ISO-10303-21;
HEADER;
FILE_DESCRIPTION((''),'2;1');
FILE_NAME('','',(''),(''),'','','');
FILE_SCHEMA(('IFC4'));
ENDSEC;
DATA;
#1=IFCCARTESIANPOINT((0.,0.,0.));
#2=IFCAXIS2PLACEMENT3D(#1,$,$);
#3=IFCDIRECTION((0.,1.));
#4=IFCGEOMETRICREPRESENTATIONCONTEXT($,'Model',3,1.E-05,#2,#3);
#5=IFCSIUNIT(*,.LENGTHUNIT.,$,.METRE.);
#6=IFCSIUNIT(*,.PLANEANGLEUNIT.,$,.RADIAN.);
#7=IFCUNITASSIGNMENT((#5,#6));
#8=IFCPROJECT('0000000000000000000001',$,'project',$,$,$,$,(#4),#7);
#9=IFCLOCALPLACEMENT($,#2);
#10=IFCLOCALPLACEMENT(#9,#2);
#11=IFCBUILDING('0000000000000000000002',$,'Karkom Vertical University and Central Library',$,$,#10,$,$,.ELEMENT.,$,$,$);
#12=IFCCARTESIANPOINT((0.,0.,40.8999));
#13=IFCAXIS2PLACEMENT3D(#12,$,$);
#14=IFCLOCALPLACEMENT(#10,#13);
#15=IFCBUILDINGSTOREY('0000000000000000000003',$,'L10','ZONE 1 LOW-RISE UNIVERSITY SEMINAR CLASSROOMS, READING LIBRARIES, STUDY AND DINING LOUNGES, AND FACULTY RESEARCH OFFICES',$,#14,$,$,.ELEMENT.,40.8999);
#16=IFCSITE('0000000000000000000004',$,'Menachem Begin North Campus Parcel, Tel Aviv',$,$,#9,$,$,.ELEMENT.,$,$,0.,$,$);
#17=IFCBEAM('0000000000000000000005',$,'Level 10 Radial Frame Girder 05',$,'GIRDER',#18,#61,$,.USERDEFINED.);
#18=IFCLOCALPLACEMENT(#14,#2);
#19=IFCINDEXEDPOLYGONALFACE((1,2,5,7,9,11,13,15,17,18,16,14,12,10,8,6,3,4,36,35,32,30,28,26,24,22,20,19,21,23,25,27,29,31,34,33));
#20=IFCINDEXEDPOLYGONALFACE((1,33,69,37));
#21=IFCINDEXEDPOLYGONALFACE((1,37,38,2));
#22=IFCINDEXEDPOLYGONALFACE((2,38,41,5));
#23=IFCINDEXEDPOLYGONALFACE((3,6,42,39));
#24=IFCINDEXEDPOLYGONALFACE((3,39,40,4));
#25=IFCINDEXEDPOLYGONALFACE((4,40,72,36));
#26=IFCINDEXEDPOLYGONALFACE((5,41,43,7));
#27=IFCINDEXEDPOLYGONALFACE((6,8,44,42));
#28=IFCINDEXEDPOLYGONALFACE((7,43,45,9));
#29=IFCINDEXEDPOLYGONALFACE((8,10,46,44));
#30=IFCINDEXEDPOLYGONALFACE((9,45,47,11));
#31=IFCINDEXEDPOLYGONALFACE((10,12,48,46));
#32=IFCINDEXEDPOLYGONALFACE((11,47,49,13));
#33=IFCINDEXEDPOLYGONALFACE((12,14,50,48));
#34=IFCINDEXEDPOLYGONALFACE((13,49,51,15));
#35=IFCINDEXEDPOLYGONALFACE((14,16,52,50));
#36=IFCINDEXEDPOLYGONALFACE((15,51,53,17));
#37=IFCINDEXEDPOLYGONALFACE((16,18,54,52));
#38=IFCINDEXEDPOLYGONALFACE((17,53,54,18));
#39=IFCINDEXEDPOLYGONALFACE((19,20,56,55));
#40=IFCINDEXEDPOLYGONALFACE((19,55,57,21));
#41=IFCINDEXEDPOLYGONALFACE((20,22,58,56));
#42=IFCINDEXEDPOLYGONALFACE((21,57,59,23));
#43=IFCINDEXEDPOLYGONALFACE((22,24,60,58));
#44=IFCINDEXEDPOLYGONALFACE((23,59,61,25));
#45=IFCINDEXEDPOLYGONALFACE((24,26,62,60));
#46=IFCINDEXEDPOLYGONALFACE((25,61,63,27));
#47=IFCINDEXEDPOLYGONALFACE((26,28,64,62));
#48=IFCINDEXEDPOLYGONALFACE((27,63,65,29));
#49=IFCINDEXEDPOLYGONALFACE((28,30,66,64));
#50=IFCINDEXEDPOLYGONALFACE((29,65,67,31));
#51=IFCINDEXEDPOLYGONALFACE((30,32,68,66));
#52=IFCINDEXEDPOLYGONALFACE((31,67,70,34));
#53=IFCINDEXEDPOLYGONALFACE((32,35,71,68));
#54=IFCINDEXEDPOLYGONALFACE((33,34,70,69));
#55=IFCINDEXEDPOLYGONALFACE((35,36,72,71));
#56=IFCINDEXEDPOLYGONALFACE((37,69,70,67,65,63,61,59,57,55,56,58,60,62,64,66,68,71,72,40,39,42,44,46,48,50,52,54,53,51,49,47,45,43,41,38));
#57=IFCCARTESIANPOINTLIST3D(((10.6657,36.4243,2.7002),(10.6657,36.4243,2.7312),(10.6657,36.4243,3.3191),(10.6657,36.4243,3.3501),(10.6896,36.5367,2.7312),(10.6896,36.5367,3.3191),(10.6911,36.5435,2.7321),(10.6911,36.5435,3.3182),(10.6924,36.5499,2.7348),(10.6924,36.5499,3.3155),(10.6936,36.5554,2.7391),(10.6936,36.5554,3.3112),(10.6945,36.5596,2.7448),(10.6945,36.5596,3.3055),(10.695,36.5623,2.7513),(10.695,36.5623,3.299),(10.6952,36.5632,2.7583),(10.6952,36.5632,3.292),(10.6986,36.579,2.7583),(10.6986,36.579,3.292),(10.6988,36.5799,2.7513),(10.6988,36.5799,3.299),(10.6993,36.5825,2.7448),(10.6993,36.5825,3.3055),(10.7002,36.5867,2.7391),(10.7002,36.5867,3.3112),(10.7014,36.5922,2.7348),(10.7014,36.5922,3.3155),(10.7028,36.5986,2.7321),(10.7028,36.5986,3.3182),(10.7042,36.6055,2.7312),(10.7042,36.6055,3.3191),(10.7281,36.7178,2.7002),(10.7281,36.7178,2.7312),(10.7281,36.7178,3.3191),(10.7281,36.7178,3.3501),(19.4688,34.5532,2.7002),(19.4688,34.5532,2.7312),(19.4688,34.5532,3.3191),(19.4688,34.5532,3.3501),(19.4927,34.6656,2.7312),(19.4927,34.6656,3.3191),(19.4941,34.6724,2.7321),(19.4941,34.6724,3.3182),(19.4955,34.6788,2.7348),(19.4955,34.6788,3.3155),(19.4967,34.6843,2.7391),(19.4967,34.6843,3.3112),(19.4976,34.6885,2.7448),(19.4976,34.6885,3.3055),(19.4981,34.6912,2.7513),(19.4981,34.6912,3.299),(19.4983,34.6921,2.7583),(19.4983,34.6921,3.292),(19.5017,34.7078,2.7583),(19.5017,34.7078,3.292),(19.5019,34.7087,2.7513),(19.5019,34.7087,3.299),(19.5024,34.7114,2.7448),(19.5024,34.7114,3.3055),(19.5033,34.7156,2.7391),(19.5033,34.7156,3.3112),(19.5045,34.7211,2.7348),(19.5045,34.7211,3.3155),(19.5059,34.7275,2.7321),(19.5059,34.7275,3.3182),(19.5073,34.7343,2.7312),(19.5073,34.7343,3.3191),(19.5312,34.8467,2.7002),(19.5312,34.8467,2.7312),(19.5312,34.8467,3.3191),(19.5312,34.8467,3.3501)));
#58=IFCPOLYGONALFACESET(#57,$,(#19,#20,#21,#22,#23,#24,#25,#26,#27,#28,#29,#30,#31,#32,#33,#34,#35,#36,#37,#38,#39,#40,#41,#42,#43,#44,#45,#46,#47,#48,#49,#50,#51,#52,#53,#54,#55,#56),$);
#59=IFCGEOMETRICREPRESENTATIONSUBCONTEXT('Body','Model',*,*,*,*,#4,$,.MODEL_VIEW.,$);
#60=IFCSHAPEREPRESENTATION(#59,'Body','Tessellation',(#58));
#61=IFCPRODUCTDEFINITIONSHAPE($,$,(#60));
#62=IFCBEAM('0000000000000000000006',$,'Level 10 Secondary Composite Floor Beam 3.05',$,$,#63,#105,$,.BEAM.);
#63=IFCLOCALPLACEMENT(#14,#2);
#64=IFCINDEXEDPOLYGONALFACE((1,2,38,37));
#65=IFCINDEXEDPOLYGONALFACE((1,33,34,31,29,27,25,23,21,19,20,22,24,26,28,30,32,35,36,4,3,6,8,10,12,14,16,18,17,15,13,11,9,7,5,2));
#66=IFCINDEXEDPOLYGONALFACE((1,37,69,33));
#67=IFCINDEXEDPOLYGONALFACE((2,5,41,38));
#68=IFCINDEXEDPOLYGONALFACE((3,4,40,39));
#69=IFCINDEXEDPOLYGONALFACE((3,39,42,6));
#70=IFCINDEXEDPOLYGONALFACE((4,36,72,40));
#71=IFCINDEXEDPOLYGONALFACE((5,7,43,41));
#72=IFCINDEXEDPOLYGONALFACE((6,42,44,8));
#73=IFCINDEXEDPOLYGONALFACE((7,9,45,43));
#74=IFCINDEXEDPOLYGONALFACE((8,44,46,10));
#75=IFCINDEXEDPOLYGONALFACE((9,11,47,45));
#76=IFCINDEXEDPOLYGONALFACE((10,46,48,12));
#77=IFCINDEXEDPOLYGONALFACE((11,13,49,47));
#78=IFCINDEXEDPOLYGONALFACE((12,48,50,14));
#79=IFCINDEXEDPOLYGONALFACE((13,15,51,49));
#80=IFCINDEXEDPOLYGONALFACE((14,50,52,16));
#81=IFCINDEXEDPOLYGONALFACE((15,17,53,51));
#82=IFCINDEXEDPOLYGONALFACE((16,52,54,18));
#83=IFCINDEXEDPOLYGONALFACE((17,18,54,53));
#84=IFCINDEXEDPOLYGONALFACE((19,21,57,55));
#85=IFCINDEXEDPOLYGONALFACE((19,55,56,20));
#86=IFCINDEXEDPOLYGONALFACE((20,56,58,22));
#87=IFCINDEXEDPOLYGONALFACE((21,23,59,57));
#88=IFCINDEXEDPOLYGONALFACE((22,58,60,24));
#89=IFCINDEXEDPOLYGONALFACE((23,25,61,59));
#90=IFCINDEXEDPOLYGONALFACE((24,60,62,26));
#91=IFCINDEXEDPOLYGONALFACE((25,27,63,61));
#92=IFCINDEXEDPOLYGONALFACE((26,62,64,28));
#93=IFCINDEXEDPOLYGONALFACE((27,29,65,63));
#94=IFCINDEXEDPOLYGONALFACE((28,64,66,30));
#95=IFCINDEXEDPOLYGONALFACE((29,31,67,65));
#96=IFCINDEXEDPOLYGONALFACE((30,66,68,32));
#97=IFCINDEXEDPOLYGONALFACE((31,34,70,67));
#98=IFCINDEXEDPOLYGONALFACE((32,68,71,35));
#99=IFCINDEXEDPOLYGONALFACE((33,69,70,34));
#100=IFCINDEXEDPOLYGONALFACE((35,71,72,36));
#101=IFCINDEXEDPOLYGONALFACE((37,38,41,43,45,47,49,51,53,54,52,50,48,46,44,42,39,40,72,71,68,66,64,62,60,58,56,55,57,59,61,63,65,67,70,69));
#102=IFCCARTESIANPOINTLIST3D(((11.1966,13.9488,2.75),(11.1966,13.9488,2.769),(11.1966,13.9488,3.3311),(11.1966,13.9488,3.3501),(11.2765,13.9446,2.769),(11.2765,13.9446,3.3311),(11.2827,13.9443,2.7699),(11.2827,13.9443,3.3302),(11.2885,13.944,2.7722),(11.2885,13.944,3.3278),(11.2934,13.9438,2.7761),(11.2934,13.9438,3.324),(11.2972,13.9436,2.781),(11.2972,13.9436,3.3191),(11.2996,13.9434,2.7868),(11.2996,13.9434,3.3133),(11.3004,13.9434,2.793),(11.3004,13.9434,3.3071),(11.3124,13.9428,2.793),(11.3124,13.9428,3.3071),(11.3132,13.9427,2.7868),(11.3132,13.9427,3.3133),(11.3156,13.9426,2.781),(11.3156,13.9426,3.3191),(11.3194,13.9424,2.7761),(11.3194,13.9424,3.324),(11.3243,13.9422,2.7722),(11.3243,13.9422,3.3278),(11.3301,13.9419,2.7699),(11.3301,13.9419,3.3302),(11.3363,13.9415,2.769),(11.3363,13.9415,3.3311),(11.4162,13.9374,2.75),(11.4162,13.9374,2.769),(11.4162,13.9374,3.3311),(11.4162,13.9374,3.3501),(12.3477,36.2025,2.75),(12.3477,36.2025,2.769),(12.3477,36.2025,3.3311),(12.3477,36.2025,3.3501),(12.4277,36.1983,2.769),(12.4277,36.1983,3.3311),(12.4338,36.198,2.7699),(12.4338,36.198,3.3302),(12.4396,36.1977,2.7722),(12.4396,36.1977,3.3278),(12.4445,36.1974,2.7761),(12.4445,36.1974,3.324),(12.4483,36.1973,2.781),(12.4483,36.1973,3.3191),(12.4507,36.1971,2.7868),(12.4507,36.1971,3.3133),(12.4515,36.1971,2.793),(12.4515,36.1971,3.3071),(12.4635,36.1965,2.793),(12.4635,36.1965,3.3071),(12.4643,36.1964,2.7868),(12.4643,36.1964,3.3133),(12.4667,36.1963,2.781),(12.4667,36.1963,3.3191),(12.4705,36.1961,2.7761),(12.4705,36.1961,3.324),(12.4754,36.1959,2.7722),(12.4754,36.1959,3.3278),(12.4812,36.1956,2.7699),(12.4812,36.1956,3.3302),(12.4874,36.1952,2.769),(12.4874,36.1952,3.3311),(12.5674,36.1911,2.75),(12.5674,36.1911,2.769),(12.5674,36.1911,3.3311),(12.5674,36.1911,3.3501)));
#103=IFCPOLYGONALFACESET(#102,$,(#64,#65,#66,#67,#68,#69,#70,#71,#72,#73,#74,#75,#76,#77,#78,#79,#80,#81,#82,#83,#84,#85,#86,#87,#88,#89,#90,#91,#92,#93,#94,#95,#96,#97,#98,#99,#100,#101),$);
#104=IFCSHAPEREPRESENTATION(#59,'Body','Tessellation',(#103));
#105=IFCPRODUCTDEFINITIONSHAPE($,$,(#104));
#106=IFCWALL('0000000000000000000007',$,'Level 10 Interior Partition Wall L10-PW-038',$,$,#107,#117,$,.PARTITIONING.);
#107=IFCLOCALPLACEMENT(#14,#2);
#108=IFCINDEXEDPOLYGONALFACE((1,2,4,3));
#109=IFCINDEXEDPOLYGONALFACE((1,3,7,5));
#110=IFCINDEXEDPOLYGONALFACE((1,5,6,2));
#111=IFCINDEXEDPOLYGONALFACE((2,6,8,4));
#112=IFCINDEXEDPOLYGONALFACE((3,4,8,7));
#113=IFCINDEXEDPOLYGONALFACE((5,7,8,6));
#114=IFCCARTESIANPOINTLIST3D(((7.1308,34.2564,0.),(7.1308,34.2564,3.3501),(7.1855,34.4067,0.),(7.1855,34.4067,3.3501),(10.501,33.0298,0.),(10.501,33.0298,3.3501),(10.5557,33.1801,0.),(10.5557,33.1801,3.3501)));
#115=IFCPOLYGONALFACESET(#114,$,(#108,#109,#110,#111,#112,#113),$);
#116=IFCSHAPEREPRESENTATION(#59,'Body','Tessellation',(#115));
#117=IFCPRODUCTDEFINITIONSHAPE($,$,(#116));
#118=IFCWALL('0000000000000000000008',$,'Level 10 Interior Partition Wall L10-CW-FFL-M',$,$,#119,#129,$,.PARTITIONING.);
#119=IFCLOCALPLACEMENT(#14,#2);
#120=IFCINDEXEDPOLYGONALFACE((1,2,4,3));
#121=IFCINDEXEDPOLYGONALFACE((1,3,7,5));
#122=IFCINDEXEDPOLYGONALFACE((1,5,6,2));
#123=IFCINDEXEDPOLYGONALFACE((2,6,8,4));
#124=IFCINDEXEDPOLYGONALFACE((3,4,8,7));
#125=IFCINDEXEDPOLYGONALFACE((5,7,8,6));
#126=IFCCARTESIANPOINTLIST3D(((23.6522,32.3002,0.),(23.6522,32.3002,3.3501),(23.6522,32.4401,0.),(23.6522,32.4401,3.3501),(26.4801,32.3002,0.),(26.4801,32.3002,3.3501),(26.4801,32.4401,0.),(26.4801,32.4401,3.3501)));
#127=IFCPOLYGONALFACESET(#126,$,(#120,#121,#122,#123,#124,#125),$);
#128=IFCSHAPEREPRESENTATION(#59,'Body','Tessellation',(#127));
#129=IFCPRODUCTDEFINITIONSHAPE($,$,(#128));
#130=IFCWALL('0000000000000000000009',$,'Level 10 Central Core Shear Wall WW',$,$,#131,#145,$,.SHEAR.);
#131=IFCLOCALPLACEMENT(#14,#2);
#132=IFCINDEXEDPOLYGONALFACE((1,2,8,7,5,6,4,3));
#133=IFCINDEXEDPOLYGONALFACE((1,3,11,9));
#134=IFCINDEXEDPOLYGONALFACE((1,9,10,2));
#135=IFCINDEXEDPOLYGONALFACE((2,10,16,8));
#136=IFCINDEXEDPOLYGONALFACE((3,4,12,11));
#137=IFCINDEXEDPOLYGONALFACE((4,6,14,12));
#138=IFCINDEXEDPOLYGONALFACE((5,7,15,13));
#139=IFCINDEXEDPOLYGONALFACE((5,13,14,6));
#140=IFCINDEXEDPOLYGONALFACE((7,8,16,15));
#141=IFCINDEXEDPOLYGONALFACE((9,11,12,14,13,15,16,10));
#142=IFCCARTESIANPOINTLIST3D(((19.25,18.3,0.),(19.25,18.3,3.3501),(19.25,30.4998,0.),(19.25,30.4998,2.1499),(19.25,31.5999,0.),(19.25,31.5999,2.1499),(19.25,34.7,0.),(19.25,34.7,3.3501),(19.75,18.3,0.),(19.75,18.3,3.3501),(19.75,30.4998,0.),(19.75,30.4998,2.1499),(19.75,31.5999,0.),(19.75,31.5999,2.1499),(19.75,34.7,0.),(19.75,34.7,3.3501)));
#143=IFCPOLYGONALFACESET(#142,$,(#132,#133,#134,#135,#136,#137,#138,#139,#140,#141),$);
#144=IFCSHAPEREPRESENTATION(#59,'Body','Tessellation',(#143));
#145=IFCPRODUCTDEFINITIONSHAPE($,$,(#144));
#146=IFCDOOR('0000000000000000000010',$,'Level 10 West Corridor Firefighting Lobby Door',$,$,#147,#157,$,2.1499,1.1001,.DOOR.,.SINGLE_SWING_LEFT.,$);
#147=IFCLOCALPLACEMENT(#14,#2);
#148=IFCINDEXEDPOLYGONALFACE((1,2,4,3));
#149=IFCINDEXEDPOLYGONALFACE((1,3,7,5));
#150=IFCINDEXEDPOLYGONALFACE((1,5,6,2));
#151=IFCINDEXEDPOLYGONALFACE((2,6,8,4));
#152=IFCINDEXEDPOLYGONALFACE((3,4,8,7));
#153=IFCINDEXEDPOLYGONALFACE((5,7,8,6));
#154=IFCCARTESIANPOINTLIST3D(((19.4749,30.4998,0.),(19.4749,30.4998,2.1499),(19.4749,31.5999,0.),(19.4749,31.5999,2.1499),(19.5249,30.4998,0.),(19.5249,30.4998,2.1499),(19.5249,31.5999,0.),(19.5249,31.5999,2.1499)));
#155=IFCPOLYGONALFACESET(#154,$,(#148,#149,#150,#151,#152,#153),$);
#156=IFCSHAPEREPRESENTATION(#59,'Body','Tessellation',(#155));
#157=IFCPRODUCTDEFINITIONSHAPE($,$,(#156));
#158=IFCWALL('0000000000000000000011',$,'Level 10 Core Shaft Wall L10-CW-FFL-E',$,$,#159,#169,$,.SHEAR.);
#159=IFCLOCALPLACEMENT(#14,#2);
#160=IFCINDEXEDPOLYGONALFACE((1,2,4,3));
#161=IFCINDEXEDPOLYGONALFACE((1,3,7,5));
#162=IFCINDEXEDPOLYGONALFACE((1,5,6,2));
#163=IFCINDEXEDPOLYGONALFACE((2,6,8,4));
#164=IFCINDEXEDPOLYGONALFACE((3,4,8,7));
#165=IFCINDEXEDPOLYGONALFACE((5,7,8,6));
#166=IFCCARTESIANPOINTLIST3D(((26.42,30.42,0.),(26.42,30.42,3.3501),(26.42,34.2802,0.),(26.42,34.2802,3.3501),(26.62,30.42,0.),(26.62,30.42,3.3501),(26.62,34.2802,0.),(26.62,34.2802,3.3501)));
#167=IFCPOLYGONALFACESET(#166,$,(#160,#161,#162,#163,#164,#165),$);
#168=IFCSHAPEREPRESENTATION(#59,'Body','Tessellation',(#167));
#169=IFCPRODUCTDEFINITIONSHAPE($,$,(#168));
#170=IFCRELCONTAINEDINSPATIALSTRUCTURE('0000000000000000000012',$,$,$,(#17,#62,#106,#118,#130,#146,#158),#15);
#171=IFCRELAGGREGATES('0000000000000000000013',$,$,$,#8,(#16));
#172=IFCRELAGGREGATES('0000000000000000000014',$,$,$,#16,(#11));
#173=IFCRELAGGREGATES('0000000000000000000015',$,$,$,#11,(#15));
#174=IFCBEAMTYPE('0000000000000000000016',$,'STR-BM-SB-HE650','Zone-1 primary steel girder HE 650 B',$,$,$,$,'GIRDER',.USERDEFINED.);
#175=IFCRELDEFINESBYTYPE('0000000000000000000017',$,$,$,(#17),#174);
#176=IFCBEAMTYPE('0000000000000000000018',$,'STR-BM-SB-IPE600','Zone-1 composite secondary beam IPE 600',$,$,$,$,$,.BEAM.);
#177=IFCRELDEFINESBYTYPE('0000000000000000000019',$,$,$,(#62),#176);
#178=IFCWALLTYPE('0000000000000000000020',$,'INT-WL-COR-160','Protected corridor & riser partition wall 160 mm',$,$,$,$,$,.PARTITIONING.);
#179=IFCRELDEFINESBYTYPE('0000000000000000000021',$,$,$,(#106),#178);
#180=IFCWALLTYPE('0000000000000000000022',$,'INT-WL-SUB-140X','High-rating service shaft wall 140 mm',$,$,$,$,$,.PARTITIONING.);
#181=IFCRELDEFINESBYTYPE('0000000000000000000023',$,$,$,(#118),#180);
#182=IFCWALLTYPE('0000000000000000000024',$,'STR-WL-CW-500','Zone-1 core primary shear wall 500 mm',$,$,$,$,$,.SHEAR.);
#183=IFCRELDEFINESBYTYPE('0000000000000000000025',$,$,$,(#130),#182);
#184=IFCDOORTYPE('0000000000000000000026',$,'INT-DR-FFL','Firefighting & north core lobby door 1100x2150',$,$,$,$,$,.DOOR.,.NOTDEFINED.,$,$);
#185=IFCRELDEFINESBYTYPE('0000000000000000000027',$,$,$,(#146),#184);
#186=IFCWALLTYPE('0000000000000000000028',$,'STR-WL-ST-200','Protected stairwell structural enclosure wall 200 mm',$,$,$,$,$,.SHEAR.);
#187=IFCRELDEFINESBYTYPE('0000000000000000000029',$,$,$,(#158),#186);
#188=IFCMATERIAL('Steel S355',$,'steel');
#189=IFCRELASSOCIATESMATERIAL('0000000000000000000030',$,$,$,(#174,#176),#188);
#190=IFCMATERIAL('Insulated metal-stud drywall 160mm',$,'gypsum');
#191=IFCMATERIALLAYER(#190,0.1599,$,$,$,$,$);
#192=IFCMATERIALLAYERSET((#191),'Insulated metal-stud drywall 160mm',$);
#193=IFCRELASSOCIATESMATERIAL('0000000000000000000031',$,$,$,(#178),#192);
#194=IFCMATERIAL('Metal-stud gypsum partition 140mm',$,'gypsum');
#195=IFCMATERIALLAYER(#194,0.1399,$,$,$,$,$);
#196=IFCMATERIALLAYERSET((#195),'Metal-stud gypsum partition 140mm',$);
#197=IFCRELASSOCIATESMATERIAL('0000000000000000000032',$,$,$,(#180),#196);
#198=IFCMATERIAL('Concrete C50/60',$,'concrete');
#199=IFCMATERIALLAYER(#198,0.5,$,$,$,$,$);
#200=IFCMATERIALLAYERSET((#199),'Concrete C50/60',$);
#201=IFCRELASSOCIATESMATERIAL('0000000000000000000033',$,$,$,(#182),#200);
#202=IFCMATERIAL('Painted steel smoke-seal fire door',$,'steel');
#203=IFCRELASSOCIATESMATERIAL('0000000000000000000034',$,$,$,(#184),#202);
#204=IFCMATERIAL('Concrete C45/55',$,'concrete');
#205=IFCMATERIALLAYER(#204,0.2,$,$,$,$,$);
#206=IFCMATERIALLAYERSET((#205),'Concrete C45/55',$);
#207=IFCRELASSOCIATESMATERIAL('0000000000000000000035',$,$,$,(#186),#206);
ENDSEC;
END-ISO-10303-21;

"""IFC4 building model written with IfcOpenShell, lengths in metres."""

from ifc_helpers import new_model, si_unit, direction, frame, frame_2d, origin, origin_with_axes, origin_2d, place, context, subcontext, project, spatial, rectangle, i_section, extrude, source, transform, mapped, material, layer, layer_set, material_profile, profile_set, type_object, element, fill, save


model = new_model("IFC4")

# Units and contexts
model_context = context("Model", 3, precision=1e-05, world=origin(), true_north=direction((0.0, 1.0)))
body_context = subcontext(model_context, "Body", "Model", "MODEL_VIEW")
ifc_project = project(units=[si_unit("LENGTHUNIT", "METRE"), si_unit("PLANEANGLEUNIT", "RADIAN")], contexts=[model_context])

# Site, building, storey
site_placement = place(None, origin())
site = spatial("IfcSite", under=ifc_project, at=site_placement, Name="Menachem Begin North Campus Parcel, Tel Aviv", CompositionType="ELEMENT", RefElevation=0.0)
building_placement = place(site_placement, origin())
building = spatial("IfcBuilding", under=site, at=building_placement, Name="Karkom Vertical University and Central Library", CompositionType="ELEMENT")
storey_placement = place(building_placement, frame((0.0, 0.0, 40.8999)))
storey = spatial("IfcBuildingStorey", under=building, at=storey_placement, Name="L10", Description="ZONE 1 LOW-RISE UNIVERSITY SEMINAR CLASSROOMS, READING LIBRARIES, STUDY AND DINING LOUNGES, AND FACULTY RESEARCH OFFICES", CompositionType="ELEMENT", Elevation=40.8999)

# Shared definitions
ifc_material_1 = material(Name="Concrete C50/60", Category="concrete")

# Beams
ifc_material_2 = material(Name="Steel S355", Category="steel")
ifc_material_profile_1 = material_profile(ifc_material_2, i_section(OverallWidth=0.3, OverallDepth=0.6499, WebThickness=0.0161, FlangeThickness=0.031, FilletRadius=0.0271, at=origin_2d()), Name="HE 650 B")
ifc_profile_set_1 = profile_set([ifc_material_profile_1], Name="Steel S355")
beam_type_1 = type_object("IfcBeamType", Name="STR-BM-SB-HE650", Description="Zone-1 primary steel girder HE 650 B", ElementType="GIRDER", PredefinedType="USERDEFINED", material=ifc_profile_set_1)
shared_shape_1 = source(origin_with_axes(), body_context, "Body", "SweptSolid", [
    extrude(i_section(OverallWidth=0.3, OverallDepth=0.6499, WebThickness=0.0161, FlangeThickness=0.031, FilletRadius=0.0271, at=origin_2d()), origin(), (0.0, 0.0, 1.0), 8.9998),
])
beam_1_placement = place(storey_placement, frame((19.5, 34.7, 3.0251), z_axis=(-0.978148, 0.207908, 0.0), x_axis=(-0.207908, -0.978148, 0.0)))
element("IfcBeam", 1, at=beam_1_placement, inside=storey, type_object=beam_type_1, Name="Level 10 Radial Frame Girder 05", ObjectType="GIRDER", PredefinedType="USERDEFINED", context=body_context, shape_type="MappedRepresentation", body=[
    mapped(shared_shape_1, transform((0.0, 0.0, 0.0), scale=1.0)),
])
ifc_material_profile_2 = material_profile(ifc_material_2, i_section(OverallWidth=0.22, OverallDepth=0.6001, WebThickness=0.012, FlangeThickness=0.019, FilletRadius=0.0239, at=origin_2d()), Name="IPE 600")
ifc_profile_set_2 = profile_set([ifc_material_profile_2], Name="Steel S355")
beam_type_2 = type_object("IfcBeamType", Name="STR-BM-SB-IPE600", Description="Zone-1 composite secondary beam IPE 600", PredefinedType="BEAM", material=ifc_profile_set_2)
shared_shape_2 = source(origin_with_axes(), body_context, "Body", "SweptSolid", [
    extrude(i_section(OverallWidth=0.22, OverallDepth=0.6001, WebThickness=0.012, FlangeThickness=0.019, FilletRadius=0.0239, at=origin_2d()), origin(), (0.0, 0.0, 1.0), 22.2834),
])
beam_2_placement = place(storey_placement, frame((12.4575, 36.1968, 3.05), z_axis=(-0.051658, -0.998665, 0.0), x_axis=(0.998665, -0.051658, 0.0)))
element("IfcBeam", 2, at=beam_2_placement, inside=storey, type_object=beam_type_2, Name="Level 10 Secondary Composite Floor Beam 3.05", PredefinedType="BEAM", context=body_context, shape_type="MappedRepresentation", body=[
    mapped(shared_shape_2, transform((0.0, 0.0, 0.0), scale=1.0)),
])

# Walls
ifc_material_3 = material(Name="Insulated metal-stud drywall 160mm", Category="gypsum")
ifc_layer_1 = layer(ifc_material_3, 0.1599)
ifc_layer_set_1 = layer_set([ifc_layer_1], Name="Insulated metal-stud drywall 160mm")
wall_type_1 = type_object("IfcWallType", Name="INT-WL-COR-160", Description="Protected corridor & riser partition wall 160 mm", PredefinedType="PARTITIONING", material=ifc_layer_set_1)
wall_1_placement = place(storey_placement, frame((10.5283, 33.105, 0.0), z_axis=(0.0, 0.0, 1.0), x_axis=(-0.939698, 0.342005, 0.0)))
element("IfcWall", 3, at=wall_1_placement, inside=storey, type_object=wall_type_1, Name="Level 10 Interior Partition Wall L10-PW-038", PredefinedType="PARTITIONING", context=body_context, shape_type="SweptSolid", body=[
    extrude(rectangle(XDim=3.5864, YDim=0.1599, at=frame_2d((1.7932, 0.0))), origin(), (0.0, 0.0, 1.0), 3.3501),
])
ifc_material_4 = material(Name="Metal-stud gypsum partition 140mm", Category="gypsum")
ifc_layer_2 = layer(ifc_material_4, 0.1399)
ifc_layer_set_2 = layer_set([ifc_layer_2], Name="Metal-stud gypsum partition 140mm")
wall_type_2 = type_object("IfcWallType", Name="INT-WL-SUB-140X", Description="High-rating service shaft wall 140 mm", PredefinedType="PARTITIONING", material=ifc_layer_set_2)
wall_2_placement = place(storey_placement, frame((23.6521, 32.3701, 0.0), z_axis=(0.0, 0.0, 1.0), x_axis=(1.0, 0.0, 0.0)))
element("IfcWall", 4, at=wall_2_placement, inside=storey, type_object=wall_type_2, Name="Level 10 Interior Partition Wall L10-CW-FFL-M", PredefinedType="PARTITIONING", context=body_context, shape_type="SweptSolid", body=[
    extrude(rectangle(XDim=2.8279, YDim=0.1399, at=frame_2d((1.4141, 0.0))), origin(), (0.0, 0.0, 1.0), 3.3501),
])

# Wall, opening, door
ifc_layer_3 = layer(ifc_material_1, 0.5)
ifc_layer_set_3 = layer_set([ifc_layer_3], Name="Concrete C50/60")
wall_type_3 = type_object("IfcWallType", Name="STR-WL-CW-500", Description="Zone-1 core primary shear wall 500 mm", PredefinedType="SHEAR", material=ifc_layer_set_3)
wall_3_placement = place(storey_placement, frame((19.5, 34.7, 0.0), z_axis=(0.0, 0.0, 1.0), x_axis=(0.0, -1.0, 0.0)))
wall_3 = element("IfcWall", 5, at=wall_3_placement, inside=storey, type_object=wall_type_3, Name="Level 10 Central Core Shear Wall WW", PredefinedType="SHEAR", context=body_context, shape_type="SweptSolid", body=[
    extrude(rectangle(XDim=16.3999, YDim=0.5, at=frame_2d((8.2, 0.0))), origin(), (0.0, 0.0, 1.0), 3.3501),
])
opening_placement = place(wall_3_placement, frame((3.1001, 0.0, 0.0)))
opening = element("IfcOpeningElement", 6, at=opening_placement, cuts=wall_3, PredefinedType="OPENING", context=body_context, shape_type="SweptSolid", body=[
    extrude(rectangle(XDim=1.1001, YDim=2.1499, at=frame_2d((0.55, 1.075))), frame((0.0, 0.26, 0.0), z_axis=(0.0, -1.0, 0.0), x_axis=(1.0, 0.0, 0.0)), (0.0, 0.0, 1.0), 0.52),
])
ifc_material_5 = material(Name="Painted steel smoke-seal fire door", Category="steel")
door_type = type_object("IfcDoorType", Name="INT-DR-FFL", Description="Firefighting & north core lobby door 1100x2150", OperationType="NOTDEFINED", PredefinedType="DOOR", material=ifc_material_5)
shared_shape_3 = source(origin_with_axes(), body_context, "Body", "SweptSolid", [
    extrude(rectangle(XDim=1.1001, YDim=2.1499, at=frame_2d((0.55, 1.075))), frame((0.0, 0.0249, 0.0), z_axis=(0.0, -1.0, 0.0), x_axis=(1.0, 0.0, 0.0)), (0.0, 0.0, 1.0), 0.05),
])
door_placement = place(opening_placement, origin())
door = element("IfcDoor", 7, at=door_placement, inside=storey, type_object=door_type, Name="Level 10 West Corridor Firefighting Lobby Door", OperationType="SINGLE_SWING_LEFT", OverallHeight=2.1499, OverallWidth=1.1001, PredefinedType="DOOR", context=body_context, shape_type="MappedRepresentation", body=[
    mapped(shared_shape_3, transform((0.0, 0.0, 0.0), scale=1.0)),
])
fill(opening, door)

# Wall
ifc_material_6 = material(Name="Concrete C45/55", Category="concrete")
ifc_layer_4 = layer(ifc_material_6, 0.2)
ifc_layer_set_4 = layer_set([ifc_layer_4], Name="Concrete C45/55")
wall_type_4 = type_object("IfcWallType", Name="STR-WL-ST-200", Description="Protected stairwell structural enclosure wall 200 mm", PredefinedType="SHEAR", material=ifc_layer_set_4)
wall_4_placement = place(storey_placement, frame((26.52, 30.4199, 0.0), z_axis=(0.0, 0.0, 1.0), x_axis=(0.0, 1.0, 0.0)))
element("IfcWall", 8, at=wall_4_placement, inside=storey, type_object=wall_type_4, Name="Level 10 Core Shaft Wall L10-CW-FFL-E", PredefinedType="SHEAR", context=body_context, shape_type="SweptSolid", body=[
    extrude(rectangle(XDim=3.8601, YDim=0.2, at=frame_2d((1.9302, 0.0))), origin(), (0.0, 0.0, 1.0), 3.3501),
])

save(model, "model.ifc")
